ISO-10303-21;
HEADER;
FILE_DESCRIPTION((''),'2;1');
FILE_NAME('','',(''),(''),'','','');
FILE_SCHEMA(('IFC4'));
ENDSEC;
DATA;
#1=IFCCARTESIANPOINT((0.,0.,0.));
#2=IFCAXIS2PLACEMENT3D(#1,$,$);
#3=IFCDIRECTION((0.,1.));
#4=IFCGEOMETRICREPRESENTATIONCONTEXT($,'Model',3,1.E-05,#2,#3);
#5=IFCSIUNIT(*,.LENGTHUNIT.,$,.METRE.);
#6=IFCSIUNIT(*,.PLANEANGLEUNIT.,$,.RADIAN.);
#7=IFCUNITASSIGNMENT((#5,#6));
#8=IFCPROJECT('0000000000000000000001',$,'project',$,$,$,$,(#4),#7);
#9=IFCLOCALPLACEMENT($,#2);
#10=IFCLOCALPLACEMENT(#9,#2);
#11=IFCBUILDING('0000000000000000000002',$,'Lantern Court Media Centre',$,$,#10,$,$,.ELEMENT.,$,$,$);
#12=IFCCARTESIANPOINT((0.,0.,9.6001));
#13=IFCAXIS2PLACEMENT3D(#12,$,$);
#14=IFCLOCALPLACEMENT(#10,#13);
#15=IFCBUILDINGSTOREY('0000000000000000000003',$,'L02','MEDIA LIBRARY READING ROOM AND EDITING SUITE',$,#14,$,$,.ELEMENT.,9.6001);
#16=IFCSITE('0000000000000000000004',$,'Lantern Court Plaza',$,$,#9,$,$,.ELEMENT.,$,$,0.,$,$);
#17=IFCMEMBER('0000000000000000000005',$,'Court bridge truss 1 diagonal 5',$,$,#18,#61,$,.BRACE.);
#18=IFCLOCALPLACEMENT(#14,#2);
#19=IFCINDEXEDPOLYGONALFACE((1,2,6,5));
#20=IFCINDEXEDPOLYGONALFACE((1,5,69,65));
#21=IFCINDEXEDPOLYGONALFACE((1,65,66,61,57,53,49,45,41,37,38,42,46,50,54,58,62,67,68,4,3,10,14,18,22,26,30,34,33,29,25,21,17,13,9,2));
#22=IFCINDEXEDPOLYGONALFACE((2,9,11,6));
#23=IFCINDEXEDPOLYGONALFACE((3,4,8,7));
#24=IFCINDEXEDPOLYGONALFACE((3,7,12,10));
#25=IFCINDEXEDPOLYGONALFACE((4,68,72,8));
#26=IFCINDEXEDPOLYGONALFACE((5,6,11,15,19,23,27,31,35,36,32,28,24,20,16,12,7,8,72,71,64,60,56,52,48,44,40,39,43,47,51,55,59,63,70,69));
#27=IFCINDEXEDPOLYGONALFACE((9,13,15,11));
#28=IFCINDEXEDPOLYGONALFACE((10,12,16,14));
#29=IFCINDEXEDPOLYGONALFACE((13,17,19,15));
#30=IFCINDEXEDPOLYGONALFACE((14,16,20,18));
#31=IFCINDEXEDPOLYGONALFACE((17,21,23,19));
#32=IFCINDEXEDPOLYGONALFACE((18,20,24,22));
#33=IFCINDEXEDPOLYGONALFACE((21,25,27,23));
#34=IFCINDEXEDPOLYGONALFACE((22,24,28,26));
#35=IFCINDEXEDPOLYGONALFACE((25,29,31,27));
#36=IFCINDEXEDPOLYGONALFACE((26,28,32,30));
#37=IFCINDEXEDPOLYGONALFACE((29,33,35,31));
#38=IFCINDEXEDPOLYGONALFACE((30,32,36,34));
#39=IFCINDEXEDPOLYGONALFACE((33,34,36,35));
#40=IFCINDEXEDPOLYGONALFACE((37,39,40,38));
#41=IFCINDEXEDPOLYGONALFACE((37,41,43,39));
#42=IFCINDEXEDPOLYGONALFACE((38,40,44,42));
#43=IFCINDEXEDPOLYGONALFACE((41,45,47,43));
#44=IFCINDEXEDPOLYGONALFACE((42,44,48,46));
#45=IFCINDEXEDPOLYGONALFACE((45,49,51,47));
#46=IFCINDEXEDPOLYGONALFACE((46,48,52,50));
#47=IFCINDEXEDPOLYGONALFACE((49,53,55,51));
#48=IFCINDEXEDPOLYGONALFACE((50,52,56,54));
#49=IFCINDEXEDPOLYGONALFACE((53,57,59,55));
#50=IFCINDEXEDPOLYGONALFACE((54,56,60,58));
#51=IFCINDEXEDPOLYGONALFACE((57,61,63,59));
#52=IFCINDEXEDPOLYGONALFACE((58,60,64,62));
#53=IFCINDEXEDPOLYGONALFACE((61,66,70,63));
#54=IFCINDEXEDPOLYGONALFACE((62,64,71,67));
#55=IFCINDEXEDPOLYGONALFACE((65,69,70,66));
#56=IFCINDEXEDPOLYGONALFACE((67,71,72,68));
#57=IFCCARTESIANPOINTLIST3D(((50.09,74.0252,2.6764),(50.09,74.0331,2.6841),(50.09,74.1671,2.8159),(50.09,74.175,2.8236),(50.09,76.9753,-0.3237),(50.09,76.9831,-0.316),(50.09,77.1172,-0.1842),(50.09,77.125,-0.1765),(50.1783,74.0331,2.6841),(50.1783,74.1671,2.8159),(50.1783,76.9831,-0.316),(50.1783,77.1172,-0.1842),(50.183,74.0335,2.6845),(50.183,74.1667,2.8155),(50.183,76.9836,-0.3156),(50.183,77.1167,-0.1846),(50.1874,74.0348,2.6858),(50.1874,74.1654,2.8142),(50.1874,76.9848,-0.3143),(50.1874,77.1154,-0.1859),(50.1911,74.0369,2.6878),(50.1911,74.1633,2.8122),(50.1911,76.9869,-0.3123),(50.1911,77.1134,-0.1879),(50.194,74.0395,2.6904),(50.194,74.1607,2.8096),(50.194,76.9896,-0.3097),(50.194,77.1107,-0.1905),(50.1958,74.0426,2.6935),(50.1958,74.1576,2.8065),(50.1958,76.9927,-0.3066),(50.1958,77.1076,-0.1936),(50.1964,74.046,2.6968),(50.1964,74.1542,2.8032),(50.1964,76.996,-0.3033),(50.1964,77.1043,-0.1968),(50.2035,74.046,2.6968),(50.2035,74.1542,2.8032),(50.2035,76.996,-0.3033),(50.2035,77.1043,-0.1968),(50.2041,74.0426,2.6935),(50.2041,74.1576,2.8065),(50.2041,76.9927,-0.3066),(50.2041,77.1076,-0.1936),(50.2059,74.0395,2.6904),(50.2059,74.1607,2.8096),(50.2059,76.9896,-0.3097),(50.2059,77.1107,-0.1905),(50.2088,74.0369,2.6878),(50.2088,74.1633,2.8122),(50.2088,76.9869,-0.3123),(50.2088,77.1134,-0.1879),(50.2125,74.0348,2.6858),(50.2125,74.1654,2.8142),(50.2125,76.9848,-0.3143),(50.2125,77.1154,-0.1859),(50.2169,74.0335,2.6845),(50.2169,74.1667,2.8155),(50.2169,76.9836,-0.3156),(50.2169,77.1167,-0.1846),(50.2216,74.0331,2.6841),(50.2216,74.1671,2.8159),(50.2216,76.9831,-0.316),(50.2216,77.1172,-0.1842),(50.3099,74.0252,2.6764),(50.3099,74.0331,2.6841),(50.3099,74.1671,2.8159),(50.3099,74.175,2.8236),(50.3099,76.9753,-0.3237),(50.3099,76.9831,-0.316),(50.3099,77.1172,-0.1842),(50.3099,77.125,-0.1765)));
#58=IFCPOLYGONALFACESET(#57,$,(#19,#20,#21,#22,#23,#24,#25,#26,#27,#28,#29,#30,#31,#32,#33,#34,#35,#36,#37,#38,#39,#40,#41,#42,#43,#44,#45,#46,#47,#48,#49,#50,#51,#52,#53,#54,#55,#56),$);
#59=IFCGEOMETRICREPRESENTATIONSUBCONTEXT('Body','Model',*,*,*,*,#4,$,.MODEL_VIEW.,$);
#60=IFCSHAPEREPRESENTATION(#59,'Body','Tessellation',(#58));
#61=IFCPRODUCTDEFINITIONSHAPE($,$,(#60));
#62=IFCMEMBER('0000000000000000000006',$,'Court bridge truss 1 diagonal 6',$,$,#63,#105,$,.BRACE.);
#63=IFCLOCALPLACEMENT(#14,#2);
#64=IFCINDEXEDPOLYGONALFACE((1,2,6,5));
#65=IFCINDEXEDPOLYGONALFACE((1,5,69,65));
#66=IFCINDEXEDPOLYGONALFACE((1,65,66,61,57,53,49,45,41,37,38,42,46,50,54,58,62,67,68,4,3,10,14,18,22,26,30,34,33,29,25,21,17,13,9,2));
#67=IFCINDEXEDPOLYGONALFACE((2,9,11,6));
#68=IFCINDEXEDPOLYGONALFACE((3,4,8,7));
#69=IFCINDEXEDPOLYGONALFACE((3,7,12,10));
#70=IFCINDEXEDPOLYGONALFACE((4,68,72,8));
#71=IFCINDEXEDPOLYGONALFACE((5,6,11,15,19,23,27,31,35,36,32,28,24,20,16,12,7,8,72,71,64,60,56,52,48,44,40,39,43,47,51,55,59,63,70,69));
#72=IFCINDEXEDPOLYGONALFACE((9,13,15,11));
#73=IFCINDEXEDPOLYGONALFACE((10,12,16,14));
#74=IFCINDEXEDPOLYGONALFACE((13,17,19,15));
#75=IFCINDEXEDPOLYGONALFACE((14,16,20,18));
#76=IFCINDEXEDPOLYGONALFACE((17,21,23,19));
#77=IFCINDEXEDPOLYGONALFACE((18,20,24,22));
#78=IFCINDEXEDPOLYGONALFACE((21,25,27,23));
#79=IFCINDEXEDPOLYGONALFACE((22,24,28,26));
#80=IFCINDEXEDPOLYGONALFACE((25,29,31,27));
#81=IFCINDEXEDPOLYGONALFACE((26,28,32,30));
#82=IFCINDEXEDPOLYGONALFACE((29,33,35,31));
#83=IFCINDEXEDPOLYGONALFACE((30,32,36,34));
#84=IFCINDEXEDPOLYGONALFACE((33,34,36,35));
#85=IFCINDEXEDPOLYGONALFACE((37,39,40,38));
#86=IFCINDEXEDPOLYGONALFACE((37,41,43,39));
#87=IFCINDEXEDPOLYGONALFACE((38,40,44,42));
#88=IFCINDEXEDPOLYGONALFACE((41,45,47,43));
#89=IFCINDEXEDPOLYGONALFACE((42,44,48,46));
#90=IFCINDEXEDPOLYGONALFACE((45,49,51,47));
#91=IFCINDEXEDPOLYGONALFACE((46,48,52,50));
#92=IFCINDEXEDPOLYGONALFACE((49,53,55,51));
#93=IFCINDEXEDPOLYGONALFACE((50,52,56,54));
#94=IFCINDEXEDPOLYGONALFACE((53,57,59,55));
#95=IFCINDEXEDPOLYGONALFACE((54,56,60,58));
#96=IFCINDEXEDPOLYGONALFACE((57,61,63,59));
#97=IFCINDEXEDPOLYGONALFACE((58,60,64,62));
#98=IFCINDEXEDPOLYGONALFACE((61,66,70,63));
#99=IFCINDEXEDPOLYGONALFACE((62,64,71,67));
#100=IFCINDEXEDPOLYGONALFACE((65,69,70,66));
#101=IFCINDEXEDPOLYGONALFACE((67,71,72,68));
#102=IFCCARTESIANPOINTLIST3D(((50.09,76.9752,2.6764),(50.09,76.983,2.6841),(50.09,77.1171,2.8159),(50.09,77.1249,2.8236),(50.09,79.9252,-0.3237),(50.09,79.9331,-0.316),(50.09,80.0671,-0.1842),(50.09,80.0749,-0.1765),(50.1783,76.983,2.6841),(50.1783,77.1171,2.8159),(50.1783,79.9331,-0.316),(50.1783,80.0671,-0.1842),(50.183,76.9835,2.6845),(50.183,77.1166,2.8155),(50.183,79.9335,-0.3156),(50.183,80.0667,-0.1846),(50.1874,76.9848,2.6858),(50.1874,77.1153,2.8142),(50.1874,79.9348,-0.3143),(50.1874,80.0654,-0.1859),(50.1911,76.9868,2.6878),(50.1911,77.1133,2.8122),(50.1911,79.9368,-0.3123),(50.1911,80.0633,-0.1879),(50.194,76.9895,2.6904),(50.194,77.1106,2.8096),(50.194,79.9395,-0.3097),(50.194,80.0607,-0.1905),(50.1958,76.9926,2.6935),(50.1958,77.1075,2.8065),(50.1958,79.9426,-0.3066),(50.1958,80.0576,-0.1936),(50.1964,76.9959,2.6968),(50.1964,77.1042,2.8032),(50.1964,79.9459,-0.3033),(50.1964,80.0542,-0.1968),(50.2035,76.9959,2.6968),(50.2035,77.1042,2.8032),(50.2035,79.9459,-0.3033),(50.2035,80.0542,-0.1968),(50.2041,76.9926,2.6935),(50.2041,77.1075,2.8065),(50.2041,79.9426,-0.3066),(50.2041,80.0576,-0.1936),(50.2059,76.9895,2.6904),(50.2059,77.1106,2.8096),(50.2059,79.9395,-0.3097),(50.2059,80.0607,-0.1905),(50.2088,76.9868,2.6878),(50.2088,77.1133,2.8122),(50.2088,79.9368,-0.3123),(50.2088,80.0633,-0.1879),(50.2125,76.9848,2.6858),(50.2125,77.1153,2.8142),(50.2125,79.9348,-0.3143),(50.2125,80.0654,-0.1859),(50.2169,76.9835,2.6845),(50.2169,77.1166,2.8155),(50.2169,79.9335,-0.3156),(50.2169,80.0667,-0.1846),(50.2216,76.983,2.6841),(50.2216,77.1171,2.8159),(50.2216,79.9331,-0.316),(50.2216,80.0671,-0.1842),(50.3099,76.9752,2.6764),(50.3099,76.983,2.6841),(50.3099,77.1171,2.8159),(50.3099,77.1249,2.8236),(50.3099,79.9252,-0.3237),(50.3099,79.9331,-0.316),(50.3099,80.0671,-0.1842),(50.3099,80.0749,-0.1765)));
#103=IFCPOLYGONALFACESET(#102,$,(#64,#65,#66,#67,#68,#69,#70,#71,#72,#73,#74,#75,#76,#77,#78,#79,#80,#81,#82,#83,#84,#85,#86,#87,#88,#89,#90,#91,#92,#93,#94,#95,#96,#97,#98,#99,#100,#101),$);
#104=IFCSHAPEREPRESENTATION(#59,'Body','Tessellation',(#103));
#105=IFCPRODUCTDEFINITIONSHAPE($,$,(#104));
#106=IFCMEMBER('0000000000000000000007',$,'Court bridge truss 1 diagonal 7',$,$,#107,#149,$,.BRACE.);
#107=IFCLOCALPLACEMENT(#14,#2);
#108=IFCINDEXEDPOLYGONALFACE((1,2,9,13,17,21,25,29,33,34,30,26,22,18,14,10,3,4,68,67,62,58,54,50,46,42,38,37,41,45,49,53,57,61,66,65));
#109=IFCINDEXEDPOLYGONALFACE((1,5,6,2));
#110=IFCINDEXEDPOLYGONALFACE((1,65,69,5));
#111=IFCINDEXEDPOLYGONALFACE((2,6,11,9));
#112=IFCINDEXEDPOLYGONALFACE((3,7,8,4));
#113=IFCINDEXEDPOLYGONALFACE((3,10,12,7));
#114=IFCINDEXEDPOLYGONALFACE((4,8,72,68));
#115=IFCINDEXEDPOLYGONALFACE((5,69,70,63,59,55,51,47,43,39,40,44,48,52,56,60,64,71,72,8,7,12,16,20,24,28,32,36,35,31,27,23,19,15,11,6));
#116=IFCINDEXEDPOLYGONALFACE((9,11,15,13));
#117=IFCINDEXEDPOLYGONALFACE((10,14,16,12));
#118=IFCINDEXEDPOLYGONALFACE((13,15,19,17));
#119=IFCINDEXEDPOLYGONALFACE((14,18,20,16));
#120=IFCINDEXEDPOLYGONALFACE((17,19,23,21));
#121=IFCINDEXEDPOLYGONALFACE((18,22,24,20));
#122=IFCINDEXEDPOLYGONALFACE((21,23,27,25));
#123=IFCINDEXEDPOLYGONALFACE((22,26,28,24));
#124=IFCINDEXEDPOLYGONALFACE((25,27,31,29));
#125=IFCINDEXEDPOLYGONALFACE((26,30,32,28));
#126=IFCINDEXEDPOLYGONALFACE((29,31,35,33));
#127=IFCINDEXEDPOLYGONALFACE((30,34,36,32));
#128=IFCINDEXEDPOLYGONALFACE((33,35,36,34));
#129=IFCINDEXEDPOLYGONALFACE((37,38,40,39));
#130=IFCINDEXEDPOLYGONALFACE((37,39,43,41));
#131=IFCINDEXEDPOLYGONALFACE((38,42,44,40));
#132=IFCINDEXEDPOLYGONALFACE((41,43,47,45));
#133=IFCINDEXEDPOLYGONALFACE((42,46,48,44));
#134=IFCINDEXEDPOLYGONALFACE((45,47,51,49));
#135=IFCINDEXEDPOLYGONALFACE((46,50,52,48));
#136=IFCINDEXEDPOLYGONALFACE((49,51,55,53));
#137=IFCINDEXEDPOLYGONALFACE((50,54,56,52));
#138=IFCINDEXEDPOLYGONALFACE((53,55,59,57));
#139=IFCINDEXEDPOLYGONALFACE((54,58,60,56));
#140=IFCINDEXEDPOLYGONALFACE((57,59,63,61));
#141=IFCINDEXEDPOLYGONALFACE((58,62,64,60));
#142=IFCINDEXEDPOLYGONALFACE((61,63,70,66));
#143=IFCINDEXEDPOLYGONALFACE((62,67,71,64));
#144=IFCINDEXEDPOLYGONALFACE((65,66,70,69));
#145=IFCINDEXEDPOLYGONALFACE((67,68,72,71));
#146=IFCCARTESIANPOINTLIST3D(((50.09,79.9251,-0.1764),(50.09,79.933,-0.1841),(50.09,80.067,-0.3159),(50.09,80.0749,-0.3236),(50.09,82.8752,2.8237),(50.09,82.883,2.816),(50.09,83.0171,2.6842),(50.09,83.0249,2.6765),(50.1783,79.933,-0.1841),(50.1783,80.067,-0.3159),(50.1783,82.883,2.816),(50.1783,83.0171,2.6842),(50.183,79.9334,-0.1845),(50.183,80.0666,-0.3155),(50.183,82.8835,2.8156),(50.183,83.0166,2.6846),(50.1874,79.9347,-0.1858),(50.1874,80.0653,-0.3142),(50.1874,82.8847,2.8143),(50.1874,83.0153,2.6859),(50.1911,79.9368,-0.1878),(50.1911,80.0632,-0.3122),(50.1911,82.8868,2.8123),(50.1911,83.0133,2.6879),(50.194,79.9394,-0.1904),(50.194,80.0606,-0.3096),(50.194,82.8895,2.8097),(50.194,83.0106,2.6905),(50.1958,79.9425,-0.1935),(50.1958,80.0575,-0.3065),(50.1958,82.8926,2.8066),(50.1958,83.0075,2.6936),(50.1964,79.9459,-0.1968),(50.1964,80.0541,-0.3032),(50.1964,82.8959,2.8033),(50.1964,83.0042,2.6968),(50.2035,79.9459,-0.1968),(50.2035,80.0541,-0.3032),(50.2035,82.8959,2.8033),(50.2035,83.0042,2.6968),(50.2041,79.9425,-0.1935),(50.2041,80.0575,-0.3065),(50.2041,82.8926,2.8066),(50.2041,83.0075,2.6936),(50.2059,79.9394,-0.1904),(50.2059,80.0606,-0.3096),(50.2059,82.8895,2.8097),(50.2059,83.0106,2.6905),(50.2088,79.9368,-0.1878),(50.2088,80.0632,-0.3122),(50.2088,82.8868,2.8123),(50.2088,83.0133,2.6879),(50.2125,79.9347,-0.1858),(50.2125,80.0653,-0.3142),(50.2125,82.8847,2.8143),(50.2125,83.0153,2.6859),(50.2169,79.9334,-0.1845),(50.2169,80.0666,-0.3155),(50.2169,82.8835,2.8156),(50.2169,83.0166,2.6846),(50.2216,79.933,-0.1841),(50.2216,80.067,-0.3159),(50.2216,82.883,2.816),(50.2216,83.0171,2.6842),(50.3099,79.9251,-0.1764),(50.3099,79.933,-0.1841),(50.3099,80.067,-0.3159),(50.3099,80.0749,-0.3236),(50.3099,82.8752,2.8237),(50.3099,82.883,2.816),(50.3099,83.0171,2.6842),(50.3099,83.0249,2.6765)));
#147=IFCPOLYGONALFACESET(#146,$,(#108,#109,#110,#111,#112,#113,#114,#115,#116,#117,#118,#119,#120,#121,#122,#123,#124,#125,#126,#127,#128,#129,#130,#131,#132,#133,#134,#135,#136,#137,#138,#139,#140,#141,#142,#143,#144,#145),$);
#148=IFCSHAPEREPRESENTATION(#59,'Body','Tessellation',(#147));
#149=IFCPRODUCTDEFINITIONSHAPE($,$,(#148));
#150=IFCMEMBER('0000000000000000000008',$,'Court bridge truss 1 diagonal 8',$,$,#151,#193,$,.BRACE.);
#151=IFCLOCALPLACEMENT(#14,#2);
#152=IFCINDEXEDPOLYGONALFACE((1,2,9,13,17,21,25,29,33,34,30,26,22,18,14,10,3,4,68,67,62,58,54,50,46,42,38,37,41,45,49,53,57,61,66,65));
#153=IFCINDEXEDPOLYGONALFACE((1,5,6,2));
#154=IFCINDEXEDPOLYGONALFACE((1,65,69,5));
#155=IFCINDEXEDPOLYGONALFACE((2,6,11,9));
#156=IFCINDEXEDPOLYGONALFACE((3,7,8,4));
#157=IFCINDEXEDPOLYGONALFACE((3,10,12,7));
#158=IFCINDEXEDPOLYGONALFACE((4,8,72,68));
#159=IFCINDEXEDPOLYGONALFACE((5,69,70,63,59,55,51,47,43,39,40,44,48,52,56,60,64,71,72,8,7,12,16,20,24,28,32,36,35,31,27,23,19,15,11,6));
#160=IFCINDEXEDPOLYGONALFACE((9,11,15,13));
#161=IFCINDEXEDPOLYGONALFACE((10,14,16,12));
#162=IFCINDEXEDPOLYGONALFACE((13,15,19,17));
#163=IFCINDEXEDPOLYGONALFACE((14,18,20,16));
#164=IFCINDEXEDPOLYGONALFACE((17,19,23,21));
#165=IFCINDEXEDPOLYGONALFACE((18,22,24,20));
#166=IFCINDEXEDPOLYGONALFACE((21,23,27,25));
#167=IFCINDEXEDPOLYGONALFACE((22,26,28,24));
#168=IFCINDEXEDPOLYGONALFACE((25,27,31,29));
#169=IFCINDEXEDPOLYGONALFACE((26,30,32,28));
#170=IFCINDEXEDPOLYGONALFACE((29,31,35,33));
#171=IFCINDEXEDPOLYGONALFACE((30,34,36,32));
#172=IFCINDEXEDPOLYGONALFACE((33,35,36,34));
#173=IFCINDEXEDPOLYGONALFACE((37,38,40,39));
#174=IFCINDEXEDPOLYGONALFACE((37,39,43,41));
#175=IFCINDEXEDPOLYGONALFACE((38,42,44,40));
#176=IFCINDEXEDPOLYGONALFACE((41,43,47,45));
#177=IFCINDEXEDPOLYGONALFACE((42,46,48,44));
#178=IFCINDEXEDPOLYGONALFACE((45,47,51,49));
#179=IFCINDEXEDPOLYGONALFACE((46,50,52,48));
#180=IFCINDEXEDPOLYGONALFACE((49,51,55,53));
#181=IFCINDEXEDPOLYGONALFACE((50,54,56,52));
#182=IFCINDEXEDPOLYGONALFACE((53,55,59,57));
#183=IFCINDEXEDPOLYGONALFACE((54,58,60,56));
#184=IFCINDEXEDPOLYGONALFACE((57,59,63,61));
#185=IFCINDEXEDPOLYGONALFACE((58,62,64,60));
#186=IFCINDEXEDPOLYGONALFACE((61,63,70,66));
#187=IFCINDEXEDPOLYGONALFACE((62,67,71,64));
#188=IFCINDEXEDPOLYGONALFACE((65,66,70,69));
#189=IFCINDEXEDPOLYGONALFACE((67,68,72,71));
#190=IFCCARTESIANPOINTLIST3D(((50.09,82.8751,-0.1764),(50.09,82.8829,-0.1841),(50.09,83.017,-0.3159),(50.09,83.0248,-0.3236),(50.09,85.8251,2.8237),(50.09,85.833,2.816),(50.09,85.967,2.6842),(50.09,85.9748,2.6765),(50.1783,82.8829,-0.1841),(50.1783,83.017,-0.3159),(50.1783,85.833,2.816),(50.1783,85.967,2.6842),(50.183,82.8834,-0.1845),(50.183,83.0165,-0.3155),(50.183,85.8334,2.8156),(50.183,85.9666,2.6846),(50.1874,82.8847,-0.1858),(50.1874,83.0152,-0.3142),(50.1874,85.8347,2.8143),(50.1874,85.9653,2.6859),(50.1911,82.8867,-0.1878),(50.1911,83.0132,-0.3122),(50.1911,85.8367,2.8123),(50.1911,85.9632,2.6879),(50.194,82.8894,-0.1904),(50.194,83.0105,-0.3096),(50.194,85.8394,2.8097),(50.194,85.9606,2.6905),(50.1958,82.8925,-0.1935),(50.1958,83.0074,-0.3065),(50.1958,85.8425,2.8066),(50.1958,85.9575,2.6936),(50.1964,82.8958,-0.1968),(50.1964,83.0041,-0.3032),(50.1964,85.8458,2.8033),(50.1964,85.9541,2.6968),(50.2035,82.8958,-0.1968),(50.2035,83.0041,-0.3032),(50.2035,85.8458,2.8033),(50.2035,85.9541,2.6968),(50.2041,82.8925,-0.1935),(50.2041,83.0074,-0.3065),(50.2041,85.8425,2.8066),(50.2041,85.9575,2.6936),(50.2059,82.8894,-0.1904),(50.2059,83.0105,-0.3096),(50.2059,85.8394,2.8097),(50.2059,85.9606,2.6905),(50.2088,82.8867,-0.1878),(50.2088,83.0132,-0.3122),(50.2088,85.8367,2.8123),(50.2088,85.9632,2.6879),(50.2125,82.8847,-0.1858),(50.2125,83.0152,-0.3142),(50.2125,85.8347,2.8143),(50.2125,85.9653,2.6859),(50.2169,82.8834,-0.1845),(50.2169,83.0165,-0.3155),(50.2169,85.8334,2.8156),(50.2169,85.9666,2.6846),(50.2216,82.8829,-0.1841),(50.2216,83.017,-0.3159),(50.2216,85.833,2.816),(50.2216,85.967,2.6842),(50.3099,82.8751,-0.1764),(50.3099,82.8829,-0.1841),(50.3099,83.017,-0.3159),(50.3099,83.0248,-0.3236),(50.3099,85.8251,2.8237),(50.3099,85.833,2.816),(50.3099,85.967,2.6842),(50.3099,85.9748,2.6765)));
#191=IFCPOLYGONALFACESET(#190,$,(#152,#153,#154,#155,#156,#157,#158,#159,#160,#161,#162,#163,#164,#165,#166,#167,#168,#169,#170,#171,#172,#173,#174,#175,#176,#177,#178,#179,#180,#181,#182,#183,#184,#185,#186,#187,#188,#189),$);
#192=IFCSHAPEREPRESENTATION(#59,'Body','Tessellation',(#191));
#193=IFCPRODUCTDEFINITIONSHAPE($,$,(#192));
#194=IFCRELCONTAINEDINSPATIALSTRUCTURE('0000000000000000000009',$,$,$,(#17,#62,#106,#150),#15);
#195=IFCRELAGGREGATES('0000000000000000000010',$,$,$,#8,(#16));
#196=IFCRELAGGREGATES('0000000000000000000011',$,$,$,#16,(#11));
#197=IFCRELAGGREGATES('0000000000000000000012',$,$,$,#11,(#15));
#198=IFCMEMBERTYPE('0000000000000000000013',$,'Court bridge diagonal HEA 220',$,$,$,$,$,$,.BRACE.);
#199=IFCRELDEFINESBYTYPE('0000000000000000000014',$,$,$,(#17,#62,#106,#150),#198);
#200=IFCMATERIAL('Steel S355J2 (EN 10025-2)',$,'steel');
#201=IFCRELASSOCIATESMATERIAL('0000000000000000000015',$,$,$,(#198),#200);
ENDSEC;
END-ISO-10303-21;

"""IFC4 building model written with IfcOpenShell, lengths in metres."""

from ifc_helpers import new_model, si_unit, direction, frame, origin, origin_2d, place, context, subcontext, project, spatial, i_section, extrude, material, material_profile, profile_set, type_object, element, save


model = new_model("IFC4")

# Units and contexts
model_context = context("Model", 3, precision=1e-05, world=origin(), true_north=direction((0.0, 1.0)))
body_context = subcontext(model_context, "Body", "Model", "MODEL_VIEW")
ifc_project = project(units=[si_unit("LENGTHUNIT", "METRE"), si_unit("PLANEANGLEUNIT", "RADIAN")], contexts=[model_context])

# Site, building, storey
site_placement = place(None, origin())
site = spatial("IfcSite", under=ifc_project, at=site_placement, Name="Lantern Court Plaza", CompositionType="ELEMENT", RefElevation=0.0)
building_placement = place(site_placement, origin())
building = spatial("IfcBuilding", under=site, at=building_placement, Name="Lantern Court Media Centre", CompositionType="ELEMENT")
storey_placement = place(building_placement, frame((0.0, 0.0, 9.6001)))
storey = spatial("IfcBuildingStorey", under=building, at=storey_placement, Name="L02", Description="MEDIA LIBRARY READING ROOM AND EDITING SUITE", CompositionType="ELEMENT", Elevation=9.6001)

# Members
ifc_material = material(Name="Steel S355J2 (EN 10025-2)", Category="steel")
ifc_material_profile_1 = material_profile(ifc_material, i_section(OverallWidth=0.22, OverallDepth=0.21, WebThickness=0.0071, FlangeThickness=0.011, FilletRadius=0.0181, at=origin_2d()), Name="HEA 220")
ifc_profile_set_1 = profile_set([ifc_material_profile_1], Name="Steel S355J2 (EN 10025-2)")
member_type_1 = type_object("IfcMemberType", Name="Court bridge diagonal HEA 220", PredefinedType="BRACE", material=ifc_profile_set_1)
for number, where, z_axis, x_axis, name in (
    (1, (50.2, 74.1001, 2.75), (0.0, 0.701134, -0.713029), (-1.0, 0.0, 0.0), "Court bridge truss 1 diagonal 5"),
    (2, (50.2, 77.05, 2.75), (0.0, 0.701134, -0.713029), (-1.0, 0.0, 0.0), "Court bridge truss 1 diagonal 6"),
    (3, (50.2, 80.0, -0.25), (0.0, 0.701134, 0.713029), (-1.0, 0.0, 0.0), "Court bridge truss 1 diagonal 7"),
    (4, (50.2, 82.95, -0.25), (0.0, 0.701134, 0.713029), (-1.0, 0.0, 0.0), "Court bridge truss 1 diagonal 8"),
):
    element("IfcMember", number, at=place(storey_placement, frame(where, z_axis=z_axis, x_axis=x_axis)), inside=storey, type_object=member_type_1, Name=name, PredefinedType="BRACE", context=body_context, shape_type="SweptSolid", body=[
        extrude(i_section(OverallWidth=0.22, OverallDepth=0.21, WebThickness=0.0071, FlangeThickness=0.011, FilletRadius=0.0181, at=origin_2d()), origin(), (0.0, 0.0, 1.0), 4.2075),
    ])

save(model, "model.ifc")
